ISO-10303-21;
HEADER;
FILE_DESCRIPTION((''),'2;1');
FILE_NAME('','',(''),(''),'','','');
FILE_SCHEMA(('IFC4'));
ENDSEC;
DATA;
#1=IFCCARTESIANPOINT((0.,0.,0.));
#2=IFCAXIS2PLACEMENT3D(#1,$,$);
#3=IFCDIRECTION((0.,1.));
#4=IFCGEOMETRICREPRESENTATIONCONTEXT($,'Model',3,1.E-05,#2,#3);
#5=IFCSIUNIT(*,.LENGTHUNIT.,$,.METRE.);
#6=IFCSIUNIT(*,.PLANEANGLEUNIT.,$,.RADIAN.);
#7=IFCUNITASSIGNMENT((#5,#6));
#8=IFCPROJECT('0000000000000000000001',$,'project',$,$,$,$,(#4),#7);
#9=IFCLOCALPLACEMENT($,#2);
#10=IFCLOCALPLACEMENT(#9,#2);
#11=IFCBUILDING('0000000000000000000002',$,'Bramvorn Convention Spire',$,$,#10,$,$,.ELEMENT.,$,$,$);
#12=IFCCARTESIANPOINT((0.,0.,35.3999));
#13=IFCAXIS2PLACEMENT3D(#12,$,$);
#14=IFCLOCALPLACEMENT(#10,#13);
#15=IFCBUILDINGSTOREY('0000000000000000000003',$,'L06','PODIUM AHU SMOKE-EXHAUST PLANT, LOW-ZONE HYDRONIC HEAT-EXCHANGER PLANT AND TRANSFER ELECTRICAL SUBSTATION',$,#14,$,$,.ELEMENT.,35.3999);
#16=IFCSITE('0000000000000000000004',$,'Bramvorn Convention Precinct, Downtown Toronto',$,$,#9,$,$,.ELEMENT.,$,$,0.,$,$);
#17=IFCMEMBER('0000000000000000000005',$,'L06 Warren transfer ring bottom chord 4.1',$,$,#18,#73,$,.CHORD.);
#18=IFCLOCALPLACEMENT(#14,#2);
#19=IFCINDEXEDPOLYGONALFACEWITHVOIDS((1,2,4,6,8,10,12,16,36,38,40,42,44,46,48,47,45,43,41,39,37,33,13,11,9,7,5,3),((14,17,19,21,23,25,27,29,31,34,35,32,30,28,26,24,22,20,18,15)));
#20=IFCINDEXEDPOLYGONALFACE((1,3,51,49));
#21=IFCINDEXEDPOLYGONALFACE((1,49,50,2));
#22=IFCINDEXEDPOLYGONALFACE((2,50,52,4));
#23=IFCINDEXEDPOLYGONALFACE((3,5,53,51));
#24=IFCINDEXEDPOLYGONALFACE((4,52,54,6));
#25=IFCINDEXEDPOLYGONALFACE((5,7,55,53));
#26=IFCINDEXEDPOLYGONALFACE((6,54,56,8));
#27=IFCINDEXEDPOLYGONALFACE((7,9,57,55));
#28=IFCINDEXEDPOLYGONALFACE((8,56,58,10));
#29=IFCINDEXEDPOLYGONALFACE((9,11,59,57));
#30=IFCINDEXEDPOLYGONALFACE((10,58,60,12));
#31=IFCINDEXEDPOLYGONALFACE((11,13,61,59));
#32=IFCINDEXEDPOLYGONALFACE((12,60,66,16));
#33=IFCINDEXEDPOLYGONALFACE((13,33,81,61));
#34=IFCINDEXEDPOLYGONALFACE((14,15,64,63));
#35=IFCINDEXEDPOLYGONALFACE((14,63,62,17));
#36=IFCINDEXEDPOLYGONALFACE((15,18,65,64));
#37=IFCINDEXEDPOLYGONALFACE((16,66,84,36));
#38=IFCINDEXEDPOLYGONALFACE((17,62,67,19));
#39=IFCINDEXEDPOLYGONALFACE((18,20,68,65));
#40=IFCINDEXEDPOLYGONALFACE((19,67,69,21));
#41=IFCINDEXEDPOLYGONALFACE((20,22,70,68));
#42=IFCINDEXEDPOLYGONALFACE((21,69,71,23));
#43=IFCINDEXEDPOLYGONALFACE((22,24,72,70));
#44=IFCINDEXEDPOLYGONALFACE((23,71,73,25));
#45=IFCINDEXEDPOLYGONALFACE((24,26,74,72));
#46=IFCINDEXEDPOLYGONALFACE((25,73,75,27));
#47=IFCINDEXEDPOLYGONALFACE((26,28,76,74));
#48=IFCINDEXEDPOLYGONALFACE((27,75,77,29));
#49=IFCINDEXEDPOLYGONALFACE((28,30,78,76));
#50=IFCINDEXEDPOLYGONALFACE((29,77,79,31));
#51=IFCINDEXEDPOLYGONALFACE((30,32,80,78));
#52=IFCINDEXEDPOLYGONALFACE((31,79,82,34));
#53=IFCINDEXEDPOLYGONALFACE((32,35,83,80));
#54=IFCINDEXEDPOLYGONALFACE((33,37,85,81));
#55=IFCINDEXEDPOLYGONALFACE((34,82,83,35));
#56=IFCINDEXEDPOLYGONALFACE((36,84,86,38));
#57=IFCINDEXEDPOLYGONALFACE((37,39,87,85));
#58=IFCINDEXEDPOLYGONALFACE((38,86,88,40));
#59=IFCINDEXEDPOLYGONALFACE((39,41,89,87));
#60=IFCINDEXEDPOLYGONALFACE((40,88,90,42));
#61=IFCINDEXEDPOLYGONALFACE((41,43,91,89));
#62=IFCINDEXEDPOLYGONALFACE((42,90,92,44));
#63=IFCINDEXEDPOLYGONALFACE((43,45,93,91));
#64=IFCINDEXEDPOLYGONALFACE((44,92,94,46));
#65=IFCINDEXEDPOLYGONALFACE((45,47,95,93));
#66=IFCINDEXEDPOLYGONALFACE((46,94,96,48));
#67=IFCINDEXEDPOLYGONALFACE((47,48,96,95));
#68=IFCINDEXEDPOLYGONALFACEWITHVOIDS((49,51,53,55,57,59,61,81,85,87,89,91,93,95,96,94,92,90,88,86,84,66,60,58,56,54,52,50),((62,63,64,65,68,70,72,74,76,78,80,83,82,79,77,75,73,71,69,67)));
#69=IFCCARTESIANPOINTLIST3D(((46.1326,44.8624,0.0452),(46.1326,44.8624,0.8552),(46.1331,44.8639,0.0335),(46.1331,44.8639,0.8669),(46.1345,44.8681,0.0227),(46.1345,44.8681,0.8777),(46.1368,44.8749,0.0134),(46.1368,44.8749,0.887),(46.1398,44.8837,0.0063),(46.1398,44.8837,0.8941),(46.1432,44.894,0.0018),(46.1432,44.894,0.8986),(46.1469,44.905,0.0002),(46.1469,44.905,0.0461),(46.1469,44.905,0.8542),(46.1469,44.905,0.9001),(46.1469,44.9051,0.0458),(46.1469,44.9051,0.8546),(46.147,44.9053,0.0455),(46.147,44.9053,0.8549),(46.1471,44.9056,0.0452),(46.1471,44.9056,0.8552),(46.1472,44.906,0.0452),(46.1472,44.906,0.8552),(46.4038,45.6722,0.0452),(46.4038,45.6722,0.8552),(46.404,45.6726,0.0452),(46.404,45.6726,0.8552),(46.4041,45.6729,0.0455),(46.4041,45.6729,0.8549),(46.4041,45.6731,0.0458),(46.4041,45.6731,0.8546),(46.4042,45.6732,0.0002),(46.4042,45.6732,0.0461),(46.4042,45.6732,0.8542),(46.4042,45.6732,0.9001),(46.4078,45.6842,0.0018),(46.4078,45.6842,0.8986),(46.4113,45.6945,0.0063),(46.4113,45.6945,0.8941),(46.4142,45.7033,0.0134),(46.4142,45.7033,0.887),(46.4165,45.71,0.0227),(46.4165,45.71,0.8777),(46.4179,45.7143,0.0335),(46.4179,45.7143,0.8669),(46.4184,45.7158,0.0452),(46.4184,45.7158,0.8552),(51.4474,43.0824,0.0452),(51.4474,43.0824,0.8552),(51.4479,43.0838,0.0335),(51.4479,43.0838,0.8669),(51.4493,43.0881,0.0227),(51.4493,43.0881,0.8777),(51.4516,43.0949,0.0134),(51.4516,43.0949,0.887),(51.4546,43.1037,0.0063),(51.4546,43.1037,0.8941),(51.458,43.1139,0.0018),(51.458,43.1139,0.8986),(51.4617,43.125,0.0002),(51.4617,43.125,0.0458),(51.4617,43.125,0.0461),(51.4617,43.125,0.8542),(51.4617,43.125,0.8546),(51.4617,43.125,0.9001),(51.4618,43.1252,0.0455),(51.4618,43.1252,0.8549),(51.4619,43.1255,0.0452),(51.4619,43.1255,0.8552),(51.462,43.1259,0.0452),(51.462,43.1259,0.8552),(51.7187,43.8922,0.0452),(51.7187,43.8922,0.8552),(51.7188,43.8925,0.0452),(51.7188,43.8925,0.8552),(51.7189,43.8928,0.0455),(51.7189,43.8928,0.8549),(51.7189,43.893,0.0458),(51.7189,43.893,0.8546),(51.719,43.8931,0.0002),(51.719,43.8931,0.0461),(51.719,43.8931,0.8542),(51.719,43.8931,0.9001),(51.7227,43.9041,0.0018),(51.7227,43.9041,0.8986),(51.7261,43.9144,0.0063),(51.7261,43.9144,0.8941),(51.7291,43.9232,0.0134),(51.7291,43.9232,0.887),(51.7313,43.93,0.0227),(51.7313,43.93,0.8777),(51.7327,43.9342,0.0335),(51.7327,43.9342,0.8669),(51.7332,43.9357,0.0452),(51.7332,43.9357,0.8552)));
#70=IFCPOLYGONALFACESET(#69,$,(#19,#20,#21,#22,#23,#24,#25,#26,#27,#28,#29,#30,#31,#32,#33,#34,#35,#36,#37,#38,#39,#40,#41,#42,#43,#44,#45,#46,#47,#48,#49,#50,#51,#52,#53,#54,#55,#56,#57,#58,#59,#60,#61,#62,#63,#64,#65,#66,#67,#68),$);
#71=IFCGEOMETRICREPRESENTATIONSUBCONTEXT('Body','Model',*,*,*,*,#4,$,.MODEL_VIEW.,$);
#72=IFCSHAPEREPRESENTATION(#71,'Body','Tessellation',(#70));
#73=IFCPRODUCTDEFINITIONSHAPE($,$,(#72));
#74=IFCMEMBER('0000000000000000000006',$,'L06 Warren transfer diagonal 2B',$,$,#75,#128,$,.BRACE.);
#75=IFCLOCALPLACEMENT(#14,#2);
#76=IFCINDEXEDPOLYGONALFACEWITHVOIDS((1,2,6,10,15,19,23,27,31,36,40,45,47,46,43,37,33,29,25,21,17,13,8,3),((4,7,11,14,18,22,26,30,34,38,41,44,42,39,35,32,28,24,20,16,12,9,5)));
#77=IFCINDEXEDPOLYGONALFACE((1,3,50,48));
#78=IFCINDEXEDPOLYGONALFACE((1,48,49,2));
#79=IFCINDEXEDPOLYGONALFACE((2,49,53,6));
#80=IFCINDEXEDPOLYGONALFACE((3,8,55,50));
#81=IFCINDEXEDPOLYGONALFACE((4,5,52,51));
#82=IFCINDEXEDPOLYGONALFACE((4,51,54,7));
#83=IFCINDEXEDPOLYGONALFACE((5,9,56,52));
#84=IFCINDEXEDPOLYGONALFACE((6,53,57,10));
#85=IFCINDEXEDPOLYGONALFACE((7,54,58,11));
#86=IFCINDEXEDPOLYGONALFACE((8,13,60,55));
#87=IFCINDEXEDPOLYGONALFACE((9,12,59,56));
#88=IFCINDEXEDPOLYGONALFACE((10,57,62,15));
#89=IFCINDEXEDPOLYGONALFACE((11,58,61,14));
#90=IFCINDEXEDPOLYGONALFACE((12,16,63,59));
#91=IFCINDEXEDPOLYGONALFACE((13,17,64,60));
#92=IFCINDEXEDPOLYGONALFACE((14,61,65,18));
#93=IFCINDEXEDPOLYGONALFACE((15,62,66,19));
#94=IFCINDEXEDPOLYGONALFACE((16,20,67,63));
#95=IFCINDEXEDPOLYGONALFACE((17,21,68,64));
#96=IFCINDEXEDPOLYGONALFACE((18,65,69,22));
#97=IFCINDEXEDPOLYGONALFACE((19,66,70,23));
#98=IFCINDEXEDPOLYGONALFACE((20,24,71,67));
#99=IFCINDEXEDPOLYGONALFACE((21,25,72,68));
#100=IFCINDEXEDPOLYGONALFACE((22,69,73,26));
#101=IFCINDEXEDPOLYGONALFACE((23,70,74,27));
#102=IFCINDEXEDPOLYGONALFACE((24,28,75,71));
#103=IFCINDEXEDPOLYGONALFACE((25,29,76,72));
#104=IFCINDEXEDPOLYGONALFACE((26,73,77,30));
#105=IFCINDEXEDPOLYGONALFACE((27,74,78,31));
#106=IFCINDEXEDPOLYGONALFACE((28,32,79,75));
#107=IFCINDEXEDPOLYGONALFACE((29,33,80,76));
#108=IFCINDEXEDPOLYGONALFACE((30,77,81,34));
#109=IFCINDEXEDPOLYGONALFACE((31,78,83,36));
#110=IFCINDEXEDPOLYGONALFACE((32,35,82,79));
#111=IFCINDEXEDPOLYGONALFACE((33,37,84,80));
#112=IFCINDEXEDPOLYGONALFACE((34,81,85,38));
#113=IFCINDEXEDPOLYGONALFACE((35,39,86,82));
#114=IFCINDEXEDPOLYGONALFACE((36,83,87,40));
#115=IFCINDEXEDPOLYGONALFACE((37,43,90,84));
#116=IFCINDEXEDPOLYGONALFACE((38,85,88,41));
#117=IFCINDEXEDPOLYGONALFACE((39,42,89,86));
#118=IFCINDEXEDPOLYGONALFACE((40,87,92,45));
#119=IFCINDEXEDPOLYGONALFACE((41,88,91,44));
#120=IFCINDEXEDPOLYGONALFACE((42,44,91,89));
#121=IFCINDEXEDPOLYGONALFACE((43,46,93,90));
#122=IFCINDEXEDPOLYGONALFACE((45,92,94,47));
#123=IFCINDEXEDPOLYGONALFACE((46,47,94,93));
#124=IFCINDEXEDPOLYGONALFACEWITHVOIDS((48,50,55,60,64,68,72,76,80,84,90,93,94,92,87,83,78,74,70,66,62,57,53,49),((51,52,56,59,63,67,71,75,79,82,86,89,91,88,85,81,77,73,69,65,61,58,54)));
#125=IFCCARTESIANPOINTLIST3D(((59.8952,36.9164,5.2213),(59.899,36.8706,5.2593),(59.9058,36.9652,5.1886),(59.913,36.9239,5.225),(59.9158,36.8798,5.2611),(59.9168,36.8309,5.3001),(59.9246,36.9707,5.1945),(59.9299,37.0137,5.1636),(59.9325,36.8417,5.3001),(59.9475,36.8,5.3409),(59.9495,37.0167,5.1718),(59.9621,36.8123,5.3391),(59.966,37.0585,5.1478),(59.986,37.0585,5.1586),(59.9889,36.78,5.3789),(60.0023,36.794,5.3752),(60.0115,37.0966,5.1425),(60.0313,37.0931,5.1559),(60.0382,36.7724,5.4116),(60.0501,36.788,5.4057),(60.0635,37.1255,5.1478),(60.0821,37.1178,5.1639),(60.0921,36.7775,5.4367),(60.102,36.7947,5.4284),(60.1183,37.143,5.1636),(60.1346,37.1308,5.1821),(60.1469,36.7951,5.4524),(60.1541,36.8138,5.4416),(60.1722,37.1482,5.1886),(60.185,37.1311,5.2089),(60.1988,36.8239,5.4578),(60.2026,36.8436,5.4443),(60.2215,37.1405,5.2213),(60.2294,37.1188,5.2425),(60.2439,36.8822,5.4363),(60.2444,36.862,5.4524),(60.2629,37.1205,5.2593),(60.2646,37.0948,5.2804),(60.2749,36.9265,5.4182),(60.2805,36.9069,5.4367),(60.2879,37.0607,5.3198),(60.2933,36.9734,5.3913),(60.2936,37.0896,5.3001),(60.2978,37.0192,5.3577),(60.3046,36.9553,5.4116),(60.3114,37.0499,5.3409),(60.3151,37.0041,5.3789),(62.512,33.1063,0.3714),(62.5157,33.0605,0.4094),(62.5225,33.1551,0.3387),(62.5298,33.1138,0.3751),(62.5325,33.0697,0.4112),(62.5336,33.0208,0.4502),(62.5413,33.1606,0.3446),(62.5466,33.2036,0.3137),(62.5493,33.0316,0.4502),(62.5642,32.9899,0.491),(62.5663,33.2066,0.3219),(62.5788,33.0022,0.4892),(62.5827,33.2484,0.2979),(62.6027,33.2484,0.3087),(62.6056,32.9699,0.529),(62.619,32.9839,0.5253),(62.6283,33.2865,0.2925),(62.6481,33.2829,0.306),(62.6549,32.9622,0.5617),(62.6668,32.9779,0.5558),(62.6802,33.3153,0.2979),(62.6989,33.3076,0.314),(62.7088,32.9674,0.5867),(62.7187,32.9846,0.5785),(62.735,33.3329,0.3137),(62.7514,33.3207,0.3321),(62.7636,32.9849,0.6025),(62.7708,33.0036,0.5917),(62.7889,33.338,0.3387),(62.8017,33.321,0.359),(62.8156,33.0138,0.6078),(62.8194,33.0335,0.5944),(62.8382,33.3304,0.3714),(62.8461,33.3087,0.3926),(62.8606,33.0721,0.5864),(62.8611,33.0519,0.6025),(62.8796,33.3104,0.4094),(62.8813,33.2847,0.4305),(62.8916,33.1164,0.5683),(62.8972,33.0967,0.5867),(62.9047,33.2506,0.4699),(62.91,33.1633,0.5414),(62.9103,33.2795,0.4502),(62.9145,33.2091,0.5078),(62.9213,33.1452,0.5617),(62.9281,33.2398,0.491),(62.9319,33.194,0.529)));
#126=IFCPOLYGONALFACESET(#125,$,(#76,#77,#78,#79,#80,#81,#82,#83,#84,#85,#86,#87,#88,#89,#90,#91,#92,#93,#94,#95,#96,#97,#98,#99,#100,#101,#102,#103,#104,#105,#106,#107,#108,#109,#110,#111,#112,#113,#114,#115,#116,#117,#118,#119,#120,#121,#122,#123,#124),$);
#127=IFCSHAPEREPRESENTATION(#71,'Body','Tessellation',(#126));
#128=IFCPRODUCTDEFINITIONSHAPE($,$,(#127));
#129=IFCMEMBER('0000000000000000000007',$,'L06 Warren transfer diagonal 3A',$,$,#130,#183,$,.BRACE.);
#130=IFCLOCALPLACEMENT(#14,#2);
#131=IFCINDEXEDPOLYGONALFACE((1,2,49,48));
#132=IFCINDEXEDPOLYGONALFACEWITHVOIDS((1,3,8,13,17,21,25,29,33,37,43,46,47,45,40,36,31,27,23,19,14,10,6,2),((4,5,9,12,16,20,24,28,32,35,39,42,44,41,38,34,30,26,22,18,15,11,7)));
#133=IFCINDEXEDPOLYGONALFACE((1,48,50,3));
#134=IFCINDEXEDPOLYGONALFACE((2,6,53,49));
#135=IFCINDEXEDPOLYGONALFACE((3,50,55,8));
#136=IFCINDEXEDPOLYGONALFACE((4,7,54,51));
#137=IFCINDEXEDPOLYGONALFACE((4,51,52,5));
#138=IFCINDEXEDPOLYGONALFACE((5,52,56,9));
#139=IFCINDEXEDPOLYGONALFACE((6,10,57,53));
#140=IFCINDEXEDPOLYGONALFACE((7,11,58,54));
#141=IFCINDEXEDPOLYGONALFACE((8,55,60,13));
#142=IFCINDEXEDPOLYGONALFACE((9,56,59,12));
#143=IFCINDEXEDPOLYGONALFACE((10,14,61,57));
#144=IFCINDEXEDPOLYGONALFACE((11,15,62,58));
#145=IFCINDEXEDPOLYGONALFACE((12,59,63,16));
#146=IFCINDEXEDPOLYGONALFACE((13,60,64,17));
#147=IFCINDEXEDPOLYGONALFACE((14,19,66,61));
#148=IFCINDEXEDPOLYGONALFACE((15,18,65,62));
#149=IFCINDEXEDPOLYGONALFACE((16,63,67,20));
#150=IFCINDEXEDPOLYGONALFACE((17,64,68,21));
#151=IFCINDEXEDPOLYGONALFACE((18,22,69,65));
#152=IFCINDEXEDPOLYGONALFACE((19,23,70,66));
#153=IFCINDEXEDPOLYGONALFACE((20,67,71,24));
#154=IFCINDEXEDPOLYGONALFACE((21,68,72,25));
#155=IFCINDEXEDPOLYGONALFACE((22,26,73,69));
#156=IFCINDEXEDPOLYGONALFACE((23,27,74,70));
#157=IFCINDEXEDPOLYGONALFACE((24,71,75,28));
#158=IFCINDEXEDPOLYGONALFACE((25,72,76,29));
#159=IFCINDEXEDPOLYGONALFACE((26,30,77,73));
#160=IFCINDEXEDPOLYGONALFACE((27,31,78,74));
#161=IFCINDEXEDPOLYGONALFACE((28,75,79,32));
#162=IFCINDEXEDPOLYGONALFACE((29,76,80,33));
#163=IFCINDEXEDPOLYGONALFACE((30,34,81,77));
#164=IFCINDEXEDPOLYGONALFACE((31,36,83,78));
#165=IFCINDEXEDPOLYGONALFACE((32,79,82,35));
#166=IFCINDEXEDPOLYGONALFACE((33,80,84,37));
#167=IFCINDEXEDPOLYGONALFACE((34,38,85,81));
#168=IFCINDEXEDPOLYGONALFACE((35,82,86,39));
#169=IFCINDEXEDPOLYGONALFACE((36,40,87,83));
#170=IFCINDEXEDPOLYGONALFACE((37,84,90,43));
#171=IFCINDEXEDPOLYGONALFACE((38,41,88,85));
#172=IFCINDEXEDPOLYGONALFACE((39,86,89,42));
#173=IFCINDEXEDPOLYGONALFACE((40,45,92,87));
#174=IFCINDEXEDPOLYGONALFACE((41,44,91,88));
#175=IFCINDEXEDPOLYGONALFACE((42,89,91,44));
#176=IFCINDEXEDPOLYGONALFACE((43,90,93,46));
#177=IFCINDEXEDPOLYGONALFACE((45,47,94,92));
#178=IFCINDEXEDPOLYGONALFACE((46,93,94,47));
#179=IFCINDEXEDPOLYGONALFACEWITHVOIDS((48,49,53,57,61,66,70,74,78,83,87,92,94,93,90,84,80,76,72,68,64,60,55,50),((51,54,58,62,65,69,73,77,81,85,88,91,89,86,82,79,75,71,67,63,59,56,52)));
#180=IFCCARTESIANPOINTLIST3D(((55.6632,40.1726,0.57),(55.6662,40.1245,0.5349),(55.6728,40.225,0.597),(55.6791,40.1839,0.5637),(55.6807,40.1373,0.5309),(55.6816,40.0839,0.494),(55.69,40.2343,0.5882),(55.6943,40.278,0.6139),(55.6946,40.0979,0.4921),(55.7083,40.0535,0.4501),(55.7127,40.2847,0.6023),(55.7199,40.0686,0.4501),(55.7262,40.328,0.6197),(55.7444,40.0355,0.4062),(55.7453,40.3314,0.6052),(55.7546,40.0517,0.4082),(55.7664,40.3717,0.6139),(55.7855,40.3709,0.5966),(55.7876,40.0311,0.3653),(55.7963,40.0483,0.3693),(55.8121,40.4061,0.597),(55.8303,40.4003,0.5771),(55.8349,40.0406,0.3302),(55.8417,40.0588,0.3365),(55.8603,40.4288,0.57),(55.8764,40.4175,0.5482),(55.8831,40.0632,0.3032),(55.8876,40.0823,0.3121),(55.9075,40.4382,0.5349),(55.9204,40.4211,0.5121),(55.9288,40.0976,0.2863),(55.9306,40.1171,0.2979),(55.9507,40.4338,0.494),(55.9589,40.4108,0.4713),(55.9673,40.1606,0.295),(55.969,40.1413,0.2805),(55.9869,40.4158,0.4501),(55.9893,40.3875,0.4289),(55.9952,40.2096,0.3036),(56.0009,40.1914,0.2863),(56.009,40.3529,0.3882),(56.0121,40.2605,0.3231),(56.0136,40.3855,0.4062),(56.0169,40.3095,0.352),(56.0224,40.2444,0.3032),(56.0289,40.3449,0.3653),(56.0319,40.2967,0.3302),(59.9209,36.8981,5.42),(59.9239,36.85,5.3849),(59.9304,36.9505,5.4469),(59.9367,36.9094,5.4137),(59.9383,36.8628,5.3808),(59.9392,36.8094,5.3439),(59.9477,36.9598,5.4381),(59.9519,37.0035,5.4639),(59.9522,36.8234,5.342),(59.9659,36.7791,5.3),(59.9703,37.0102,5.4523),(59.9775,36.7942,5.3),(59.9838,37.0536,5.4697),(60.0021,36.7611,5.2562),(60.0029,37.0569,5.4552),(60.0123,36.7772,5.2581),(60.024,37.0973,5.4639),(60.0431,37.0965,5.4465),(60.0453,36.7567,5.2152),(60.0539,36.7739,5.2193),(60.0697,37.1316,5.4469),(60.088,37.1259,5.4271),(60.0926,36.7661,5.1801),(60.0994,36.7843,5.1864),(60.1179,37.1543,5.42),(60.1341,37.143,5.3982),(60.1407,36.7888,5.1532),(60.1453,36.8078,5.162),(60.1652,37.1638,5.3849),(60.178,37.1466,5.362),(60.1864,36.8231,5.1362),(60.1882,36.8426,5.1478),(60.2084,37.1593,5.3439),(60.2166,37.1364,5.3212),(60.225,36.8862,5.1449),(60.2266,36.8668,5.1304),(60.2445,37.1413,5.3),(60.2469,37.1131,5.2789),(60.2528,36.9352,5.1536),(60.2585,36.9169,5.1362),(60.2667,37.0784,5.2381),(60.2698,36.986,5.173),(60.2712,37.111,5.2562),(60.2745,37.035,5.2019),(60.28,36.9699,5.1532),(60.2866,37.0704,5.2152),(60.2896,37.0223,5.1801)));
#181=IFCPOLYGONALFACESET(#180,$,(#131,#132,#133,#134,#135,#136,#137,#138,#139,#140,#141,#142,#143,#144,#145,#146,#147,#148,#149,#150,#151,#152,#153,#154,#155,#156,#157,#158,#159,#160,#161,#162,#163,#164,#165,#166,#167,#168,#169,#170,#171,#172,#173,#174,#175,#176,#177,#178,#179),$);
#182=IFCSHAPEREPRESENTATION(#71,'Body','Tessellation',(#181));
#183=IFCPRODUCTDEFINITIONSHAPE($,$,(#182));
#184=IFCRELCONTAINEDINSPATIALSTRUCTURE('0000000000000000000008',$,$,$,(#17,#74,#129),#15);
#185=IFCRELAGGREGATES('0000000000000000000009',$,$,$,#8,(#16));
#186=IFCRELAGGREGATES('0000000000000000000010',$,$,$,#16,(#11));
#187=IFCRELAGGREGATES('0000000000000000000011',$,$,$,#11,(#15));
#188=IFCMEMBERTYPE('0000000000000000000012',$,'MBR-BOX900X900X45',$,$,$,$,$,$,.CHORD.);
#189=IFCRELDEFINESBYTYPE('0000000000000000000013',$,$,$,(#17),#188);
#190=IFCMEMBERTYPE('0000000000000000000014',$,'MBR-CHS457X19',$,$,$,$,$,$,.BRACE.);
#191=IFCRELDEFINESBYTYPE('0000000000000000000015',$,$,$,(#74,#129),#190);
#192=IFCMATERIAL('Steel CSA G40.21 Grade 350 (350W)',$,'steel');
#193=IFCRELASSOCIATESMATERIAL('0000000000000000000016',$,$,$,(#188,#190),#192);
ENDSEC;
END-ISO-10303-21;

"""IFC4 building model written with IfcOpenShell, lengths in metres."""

from ifc_helpers import new_model, si_unit, direction, frame, origin, origin_2d, place, context, subcontext, project, spatial, hollow_rectangle, hollow_circle, extrude, material, material_profile, profile_set, type_object, element, save


model = new_model("IFC4")

# Units and contexts
model_context = context("Model", 3, precision=1e-05, world=origin(), true_north=direction((0.0, 1.0)))
body_context = subcontext(model_context, "Body", "Model", "MODEL_VIEW")
ifc_project = project(units=[si_unit("LENGTHUNIT", "METRE"), si_unit("PLANEANGLEUNIT", "RADIAN")], contexts=[model_context])

# Site, building, storey
site_placement = place(None, origin())
site = spatial("IfcSite", under=ifc_project, at=site_placement, Name="Bramvorn Convention Precinct, Downtown Toronto", CompositionType="ELEMENT", RefElevation=0.0)
building_placement = place(site_placement, origin())
building = spatial("IfcBuilding", under=site, at=building_placement, Name="Bramvorn Convention Spire", CompositionType="ELEMENT")
storey_placement = place(building_placement, frame((0.0, 0.0, 35.3999)))
storey = spatial("IfcBuildingStorey", under=building, at=storey_placement, Name="L06", Description="PODIUM AHU SMOKE-EXHAUST PLANT, LOW-ZONE HYDRONIC HEAT-EXCHANGER PLANT AND TRANSFER ELECTRICAL SUBSTATION", CompositionType="ELEMENT", Elevation=35.3999)

# Shared definitions
ifc_material_1 = material(Name="Steel CSA G40.21 Grade 350 (350W)", Category="steel")

# Members
ifc_material_profile_1 = material_profile(ifc_material_1, hollow_rectangle(XDim=0.8999, YDim=0.8999, WallThickness=0.0449, InnerFilletRadius=0.001, OuterFilletRadius=0.0449, at=origin_2d()))
ifc_profile_set_1 = profile_set([ifc_material_profile_1], Name="Steel CSA G40.21 Grade 350 (350W) - BOX900X900X45")
member_type_1 = type_object("IfcMemberType", Name="MBR-BOX900X900X45", PredefinedType="CHORD", material=ifc_profile_set_1)
for number, where, z_axis, x_axis, name in (
    (1, (51.5903, 43.509, 0.4502), (-0.948229, 0.317586, 0.0), (-0.317586, -0.948229, 0.0), "L06 Warren transfer ring bottom chord 4.1"),
):
    element("IfcMember", number, at=place(storey_placement, frame(where, z_axis=z_axis, x_axis=x_axis)), inside=storey, type_object=member_type_1, Name=name, PredefinedType="CHORD", context=body_context, shape_type="SweptSolid", body=[
        extrude(hollow_rectangle(XDim=0.8999, YDim=0.8999, WallThickness=0.0449, InnerFilletRadius=0.001, OuterFilletRadius=0.0449, at=origin_2d()), origin(), (0.0, 0.0, 1.0), 5.605),
    ])
ifc_material_profile_2 = material_profile(ifc_material_1, hollow_circle(Radius=0.2285, WallThickness=0.019, at=origin_2d()))
ifc_profile_set_2 = profile_set([ifc_material_profile_2], Name="Steel CSA G40.21 Grade 350 (350W) - CHS457X19")
member_type_2 = type_object("IfcMemberType", Name="MBR-CHS457X19", PredefinedType="BRACE", material=ifc_profile_set_2)
member_1_placement = place(storey_placement, frame((62.7219, 33.1501, 0.4502), z_axis=(-0.390575, 0.568699, 0.723901), x_axis=(-0.824316, -0.56613, 0.0)))
element("IfcMember", 2, at=member_1_placement, inside=storey, type_object=member_type_2, Name="L06 Warren transfer diagonal 2B", PredefinedType="BRACE", context=body_context, shape_type="SweptSolid", body=[
    extrude(hollow_circle(Radius=0.2285, WallThickness=0.019, at=origin_2d()), origin(), (0.0, 0.0, 1.0), 6.6997),
])
member_2_placement = place(storey_placement, frame((60.1052, 36.9602, 5.3), z_axis=(-0.58833, 0.452474, -0.670175), x_axis=(-0.609636, -0.792681, 0.0)))
element("IfcMember", 3, at=member_2_placement, inside=storey, type_object=member_type_2, Name="L06 Warren transfer diagonal 3A", PredefinedType="BRACE", context=body_context, shape_type="SweptSolid", body=[
    extrude(hollow_circle(Radius=0.2285, WallThickness=0.019, at=origin_2d()), origin(), (0.0, 0.0, 1.0), 7.2368),
])

save(model, "model.ifc")
